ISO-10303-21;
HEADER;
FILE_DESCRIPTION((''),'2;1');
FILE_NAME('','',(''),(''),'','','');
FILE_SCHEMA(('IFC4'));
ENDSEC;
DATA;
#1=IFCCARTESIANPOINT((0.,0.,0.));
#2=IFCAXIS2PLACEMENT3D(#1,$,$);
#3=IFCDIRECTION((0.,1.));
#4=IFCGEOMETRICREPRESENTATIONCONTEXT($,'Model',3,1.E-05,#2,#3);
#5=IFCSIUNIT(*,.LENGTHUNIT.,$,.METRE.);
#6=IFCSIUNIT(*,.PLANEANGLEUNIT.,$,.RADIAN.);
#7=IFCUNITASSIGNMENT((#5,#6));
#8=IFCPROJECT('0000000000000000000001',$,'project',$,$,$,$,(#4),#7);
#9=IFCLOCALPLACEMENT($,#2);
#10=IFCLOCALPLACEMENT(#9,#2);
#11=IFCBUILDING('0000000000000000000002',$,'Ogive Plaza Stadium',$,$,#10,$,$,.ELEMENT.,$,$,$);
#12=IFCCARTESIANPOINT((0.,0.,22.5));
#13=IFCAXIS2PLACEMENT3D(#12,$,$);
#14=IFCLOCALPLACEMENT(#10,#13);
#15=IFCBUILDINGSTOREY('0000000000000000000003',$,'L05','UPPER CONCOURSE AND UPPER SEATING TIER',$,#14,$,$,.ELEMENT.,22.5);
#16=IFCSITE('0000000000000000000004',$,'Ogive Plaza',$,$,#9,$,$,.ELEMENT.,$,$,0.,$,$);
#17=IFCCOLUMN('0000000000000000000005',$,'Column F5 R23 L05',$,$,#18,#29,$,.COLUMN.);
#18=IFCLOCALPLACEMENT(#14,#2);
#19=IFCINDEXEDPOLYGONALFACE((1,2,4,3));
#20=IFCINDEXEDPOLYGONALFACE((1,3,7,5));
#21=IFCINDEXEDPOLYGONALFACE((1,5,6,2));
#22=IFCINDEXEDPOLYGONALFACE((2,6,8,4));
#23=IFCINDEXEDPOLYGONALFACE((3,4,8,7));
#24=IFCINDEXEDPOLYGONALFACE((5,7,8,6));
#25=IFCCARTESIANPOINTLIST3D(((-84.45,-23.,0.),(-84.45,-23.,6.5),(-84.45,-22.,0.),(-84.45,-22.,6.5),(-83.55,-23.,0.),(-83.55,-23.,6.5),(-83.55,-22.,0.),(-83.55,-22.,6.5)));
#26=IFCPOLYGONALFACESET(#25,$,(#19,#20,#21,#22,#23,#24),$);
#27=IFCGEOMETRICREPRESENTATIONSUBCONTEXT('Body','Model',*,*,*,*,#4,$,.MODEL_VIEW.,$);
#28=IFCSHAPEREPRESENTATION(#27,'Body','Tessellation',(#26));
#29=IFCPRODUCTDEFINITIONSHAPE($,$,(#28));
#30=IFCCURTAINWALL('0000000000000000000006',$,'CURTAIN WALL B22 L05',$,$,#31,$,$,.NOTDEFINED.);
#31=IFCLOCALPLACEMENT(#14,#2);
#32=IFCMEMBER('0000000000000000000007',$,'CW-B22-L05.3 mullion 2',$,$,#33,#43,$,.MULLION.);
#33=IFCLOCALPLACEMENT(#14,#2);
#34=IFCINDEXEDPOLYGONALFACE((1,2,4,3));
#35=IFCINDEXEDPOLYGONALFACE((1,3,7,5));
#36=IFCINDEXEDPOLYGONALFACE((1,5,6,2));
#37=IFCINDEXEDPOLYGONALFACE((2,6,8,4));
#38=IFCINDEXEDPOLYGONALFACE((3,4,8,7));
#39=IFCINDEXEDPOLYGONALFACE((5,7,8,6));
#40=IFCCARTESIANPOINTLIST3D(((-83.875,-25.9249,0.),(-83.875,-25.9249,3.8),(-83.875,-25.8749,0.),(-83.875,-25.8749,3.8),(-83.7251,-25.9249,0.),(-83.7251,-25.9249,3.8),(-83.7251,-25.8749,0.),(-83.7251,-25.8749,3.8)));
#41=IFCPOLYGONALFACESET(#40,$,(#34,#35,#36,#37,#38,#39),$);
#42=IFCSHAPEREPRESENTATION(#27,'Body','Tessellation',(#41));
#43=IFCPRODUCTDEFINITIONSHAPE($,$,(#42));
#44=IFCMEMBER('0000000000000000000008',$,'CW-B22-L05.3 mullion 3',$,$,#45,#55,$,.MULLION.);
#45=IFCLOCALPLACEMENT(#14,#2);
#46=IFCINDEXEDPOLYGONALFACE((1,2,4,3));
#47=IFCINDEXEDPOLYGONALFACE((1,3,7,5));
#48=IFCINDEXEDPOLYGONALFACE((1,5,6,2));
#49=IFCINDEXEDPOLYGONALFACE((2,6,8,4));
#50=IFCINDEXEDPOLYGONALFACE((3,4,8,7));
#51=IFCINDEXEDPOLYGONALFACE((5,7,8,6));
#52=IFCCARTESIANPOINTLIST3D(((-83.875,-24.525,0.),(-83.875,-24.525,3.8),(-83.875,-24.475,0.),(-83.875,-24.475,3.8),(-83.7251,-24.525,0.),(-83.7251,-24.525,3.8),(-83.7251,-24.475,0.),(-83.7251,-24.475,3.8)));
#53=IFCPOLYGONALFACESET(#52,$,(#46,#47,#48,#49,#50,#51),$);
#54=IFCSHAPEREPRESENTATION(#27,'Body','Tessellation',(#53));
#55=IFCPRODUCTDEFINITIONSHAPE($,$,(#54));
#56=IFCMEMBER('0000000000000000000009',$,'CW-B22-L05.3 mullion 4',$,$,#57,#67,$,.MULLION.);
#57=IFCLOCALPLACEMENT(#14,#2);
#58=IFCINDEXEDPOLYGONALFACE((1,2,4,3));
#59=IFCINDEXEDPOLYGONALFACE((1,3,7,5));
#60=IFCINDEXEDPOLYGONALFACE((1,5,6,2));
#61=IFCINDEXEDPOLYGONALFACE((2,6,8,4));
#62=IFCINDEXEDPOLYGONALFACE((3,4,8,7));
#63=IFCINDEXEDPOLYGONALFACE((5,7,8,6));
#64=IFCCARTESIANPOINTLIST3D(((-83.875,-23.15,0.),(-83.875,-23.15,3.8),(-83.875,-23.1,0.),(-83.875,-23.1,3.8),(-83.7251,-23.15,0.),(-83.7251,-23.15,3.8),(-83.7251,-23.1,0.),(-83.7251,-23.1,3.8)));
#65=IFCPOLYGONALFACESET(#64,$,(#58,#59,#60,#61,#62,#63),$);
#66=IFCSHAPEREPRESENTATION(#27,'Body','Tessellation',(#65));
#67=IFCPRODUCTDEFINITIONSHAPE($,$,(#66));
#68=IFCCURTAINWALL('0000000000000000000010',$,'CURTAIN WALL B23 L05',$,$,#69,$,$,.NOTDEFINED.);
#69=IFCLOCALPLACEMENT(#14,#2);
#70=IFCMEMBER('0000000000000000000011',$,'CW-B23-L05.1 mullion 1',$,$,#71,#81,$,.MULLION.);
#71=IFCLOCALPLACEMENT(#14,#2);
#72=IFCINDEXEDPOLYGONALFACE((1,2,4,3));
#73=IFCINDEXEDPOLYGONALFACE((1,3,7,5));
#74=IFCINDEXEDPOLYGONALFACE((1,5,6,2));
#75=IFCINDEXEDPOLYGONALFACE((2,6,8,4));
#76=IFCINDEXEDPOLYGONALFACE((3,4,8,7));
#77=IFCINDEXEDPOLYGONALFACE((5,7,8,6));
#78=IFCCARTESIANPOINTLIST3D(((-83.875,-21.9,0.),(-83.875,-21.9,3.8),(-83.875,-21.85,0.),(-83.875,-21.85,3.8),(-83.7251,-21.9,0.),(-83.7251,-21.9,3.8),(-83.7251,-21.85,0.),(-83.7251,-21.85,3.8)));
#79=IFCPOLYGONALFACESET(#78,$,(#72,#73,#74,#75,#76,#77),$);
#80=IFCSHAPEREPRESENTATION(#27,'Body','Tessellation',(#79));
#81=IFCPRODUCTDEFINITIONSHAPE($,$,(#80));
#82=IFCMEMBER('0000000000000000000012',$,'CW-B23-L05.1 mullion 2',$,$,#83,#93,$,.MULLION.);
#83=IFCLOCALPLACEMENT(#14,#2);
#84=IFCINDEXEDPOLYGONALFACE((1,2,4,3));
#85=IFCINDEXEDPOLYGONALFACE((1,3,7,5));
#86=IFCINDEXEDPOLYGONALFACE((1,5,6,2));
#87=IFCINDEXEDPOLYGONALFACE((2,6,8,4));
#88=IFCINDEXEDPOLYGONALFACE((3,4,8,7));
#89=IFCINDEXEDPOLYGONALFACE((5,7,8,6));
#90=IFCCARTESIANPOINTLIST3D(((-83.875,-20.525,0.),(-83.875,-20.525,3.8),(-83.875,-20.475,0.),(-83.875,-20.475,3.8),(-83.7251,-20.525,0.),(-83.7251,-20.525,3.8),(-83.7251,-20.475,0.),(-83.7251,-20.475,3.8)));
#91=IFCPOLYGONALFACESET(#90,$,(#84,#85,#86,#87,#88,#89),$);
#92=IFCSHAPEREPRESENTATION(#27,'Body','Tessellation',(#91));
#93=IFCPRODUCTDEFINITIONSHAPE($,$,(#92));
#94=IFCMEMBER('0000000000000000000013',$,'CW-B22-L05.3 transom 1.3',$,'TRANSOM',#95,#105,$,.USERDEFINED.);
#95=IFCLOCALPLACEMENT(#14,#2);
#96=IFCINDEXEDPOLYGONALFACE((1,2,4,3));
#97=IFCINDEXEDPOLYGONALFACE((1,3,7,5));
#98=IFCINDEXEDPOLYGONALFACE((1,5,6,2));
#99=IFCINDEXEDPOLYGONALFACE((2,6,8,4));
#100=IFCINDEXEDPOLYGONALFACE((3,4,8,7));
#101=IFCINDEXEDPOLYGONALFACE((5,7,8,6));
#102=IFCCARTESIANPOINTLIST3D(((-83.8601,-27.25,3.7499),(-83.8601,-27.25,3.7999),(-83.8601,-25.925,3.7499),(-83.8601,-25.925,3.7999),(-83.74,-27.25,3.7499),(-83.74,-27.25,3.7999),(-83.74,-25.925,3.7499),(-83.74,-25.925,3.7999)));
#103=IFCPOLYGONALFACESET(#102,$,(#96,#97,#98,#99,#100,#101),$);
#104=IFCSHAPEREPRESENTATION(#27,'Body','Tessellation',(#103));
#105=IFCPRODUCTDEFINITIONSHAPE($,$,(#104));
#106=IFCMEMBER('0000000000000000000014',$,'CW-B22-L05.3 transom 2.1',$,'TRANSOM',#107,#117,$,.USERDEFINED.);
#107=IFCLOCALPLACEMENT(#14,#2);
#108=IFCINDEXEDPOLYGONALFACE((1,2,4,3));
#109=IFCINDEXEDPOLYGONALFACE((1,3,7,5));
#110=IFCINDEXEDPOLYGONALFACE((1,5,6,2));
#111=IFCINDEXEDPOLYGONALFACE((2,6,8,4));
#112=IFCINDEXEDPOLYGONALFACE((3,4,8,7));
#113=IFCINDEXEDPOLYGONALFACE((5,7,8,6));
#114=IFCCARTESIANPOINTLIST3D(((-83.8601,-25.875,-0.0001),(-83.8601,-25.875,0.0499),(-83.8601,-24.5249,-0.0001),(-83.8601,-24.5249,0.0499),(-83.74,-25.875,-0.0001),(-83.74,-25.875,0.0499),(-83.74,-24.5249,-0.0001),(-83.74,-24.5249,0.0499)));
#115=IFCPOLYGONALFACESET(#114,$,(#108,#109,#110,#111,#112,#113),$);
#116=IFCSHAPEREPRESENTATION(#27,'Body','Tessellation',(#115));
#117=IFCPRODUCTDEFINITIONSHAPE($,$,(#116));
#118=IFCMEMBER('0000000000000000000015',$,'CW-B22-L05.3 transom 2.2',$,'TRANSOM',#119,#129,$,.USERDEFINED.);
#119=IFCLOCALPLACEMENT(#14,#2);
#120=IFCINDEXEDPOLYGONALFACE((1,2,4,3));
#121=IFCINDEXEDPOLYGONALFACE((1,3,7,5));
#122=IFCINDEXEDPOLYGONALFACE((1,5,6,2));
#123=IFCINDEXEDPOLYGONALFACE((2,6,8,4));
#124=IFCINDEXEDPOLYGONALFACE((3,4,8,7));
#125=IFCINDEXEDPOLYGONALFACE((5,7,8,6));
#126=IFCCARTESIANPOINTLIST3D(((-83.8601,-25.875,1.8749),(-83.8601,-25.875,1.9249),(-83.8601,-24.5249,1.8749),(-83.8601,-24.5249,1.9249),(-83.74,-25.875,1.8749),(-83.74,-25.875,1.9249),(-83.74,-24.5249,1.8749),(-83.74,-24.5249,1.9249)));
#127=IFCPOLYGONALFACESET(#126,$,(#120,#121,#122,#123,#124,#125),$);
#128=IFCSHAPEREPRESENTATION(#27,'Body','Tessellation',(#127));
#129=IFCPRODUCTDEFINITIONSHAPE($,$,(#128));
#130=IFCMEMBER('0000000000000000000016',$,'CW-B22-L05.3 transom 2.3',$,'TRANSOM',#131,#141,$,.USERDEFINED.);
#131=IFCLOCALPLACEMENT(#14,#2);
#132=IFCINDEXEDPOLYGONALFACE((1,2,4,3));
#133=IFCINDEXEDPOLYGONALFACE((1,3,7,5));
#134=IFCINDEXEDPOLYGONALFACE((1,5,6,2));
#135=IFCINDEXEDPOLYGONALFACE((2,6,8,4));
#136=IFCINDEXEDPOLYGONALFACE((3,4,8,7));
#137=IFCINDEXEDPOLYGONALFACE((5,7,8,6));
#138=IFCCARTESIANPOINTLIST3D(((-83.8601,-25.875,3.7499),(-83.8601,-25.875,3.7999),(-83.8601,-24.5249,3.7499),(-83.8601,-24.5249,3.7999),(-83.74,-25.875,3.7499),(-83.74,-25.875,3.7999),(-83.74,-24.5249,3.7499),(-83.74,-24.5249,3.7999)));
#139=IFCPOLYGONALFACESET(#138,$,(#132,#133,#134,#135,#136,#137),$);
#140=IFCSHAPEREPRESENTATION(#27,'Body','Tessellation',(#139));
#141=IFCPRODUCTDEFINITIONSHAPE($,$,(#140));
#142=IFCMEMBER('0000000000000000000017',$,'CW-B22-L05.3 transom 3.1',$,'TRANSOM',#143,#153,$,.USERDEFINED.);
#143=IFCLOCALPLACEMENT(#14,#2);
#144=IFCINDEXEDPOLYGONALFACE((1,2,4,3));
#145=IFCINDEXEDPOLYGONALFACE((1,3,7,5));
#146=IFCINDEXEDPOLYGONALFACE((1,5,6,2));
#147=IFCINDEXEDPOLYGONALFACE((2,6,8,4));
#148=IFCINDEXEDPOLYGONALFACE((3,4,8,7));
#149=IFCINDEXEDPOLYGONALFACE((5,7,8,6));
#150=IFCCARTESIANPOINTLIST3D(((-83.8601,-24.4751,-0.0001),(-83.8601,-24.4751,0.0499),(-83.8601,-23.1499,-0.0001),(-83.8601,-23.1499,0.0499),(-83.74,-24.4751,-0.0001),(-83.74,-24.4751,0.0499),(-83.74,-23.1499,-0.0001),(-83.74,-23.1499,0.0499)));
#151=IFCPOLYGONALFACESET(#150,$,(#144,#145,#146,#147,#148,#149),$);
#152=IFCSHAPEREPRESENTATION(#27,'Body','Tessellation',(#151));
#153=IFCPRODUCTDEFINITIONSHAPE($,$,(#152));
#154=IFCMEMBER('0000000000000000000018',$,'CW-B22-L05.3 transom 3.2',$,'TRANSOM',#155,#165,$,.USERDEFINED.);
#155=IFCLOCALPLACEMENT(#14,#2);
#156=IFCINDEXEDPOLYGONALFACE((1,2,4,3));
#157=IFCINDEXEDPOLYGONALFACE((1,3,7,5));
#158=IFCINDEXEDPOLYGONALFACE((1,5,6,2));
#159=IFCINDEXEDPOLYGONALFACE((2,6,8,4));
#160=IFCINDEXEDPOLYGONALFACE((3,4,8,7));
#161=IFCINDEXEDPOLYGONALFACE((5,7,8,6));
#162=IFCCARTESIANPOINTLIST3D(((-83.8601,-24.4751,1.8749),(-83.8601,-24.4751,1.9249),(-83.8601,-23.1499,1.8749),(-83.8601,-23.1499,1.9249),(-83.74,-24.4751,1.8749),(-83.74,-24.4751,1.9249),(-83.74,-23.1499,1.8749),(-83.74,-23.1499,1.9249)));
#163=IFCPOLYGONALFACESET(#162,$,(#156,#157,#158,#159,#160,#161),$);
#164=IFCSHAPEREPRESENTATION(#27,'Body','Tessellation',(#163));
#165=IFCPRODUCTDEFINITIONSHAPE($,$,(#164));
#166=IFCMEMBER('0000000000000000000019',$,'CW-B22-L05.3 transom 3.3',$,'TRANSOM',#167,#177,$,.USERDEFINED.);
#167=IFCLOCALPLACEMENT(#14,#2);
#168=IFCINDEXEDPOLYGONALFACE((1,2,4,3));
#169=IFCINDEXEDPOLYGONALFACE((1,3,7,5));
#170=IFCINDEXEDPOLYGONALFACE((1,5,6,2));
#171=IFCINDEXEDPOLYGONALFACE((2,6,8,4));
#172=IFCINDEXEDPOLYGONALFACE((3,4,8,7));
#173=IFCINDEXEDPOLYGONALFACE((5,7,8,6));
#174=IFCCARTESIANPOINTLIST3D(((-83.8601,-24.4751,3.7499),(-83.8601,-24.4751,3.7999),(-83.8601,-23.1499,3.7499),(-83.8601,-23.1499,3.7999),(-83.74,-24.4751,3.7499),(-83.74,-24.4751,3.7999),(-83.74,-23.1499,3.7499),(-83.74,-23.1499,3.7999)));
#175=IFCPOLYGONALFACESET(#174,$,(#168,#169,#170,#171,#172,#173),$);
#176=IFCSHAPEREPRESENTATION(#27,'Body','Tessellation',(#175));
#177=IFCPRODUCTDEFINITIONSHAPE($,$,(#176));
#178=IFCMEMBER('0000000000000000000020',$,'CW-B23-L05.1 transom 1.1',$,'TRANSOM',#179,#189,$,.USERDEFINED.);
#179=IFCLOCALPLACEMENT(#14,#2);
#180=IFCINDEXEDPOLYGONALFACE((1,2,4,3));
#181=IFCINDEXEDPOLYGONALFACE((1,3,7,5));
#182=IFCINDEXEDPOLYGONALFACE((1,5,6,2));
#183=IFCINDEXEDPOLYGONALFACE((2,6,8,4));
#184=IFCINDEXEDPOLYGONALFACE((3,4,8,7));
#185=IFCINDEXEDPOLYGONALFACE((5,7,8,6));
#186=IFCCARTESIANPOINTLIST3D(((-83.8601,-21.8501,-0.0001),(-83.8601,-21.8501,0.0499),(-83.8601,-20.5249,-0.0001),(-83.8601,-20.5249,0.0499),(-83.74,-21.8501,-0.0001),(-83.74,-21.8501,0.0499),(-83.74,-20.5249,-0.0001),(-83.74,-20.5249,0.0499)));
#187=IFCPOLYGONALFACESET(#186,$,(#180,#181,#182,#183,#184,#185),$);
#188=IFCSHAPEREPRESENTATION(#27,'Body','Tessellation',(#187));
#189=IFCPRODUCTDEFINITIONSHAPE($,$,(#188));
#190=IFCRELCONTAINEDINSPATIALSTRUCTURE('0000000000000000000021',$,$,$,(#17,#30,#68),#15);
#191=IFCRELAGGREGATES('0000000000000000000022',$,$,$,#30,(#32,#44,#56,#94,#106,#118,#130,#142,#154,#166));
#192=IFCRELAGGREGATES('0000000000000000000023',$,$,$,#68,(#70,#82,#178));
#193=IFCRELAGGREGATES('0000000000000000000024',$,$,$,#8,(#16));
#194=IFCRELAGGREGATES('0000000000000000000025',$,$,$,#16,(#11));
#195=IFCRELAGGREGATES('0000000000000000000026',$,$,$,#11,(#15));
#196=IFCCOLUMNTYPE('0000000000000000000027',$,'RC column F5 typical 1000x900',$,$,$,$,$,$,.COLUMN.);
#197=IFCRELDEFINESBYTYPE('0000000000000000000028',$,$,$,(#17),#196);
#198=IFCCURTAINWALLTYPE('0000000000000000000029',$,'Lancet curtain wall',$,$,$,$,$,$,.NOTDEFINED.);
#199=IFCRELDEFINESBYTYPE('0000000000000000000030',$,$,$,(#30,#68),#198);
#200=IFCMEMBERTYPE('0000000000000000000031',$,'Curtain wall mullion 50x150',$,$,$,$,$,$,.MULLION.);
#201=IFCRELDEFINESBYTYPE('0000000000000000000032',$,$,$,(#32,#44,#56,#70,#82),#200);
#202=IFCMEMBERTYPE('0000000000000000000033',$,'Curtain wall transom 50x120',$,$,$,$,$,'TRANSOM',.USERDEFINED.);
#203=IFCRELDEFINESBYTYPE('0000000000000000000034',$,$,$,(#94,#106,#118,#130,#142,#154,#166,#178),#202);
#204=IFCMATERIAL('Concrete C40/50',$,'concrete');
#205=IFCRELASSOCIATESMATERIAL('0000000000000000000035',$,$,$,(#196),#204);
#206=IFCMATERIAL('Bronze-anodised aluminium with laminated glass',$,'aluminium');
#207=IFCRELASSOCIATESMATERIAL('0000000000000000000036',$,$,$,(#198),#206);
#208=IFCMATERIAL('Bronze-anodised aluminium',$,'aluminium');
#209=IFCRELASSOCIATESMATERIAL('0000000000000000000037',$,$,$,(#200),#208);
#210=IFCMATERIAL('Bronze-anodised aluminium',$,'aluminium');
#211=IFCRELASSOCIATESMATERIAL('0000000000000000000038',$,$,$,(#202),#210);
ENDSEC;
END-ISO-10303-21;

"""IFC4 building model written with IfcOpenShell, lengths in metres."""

from ifc_helpers import new_model, si_unit, direction, frame, origin, origin_2d, place, context, subcontext, project, spatial, rectangle, extrude, material, material_profile, profile_set, type_object, element, aggregate, save


model = new_model("IFC4")

# Units and contexts
model_context = context("Model", 3, precision=1e-05, world=origin(), true_north=direction((0.0, 1.0)))
body_context = subcontext(model_context, "Body", "Model", "MODEL_VIEW")
ifc_project = project(units=[si_unit("LENGTHUNIT", "METRE"), si_unit("PLANEANGLEUNIT", "RADIAN")], contexts=[model_context])

# Site, building, storey
site_placement = place(None, origin())
site = spatial("IfcSite", under=ifc_project, at=site_placement, Name="Ogive Plaza", CompositionType="ELEMENT", RefElevation=0.0)
building_placement = place(site_placement, origin())
building = spatial("IfcBuilding", under=site, at=building_placement, Name="Ogive Plaza Stadium", CompositionType="ELEMENT")
storey_placement = place(building_placement, frame((0.0, 0.0, 22.5)))
storey = spatial("IfcBuildingStorey", under=building, at=storey_placement, Name="L05", Description="UPPER CONCOURSE AND UPPER SEATING TIER", CompositionType="ELEMENT", Elevation=22.5)

# Column
ifc_material_1 = material(Name="Concrete C40/50", Category="concrete")
ifc_material_profile_1 = material_profile(ifc_material_1, rectangle(XDim=1.0, YDim=0.8999, at=origin_2d()), Name="RC 1000x900")
ifc_profile_set_1 = profile_set([ifc_material_profile_1], Name="Concrete C40/50")
column_type = type_object("IfcColumnType", Name="RC column F5 typical 1000x900", PredefinedType="COLUMN", material=ifc_profile_set_1)
column_placement = place(storey_placement, frame((-84.0, -22.5, 0.0), z_axis=(0.0, 0.0, 1.0), x_axis=(0.0, -1.0, 0.0)))
element("IfcColumn", 1, at=column_placement, inside=storey, type_object=column_type, Name="Column F5 R23 L05", PredefinedType="COLUMN", context=body_context, shape_type="SweptSolid", body=[
    extrude(rectangle(XDim=1.0, YDim=0.8999, at=origin_2d()), origin(), (0.0, 0.0, 1.0), 6.5),
])

# Curtain walls, members
ifc_material_2 = material(Name="Bronze-anodised aluminium with laminated glass", Category="aluminium")
curtain_wall_type = type_object("IfcCurtainWallType", Name="Lancet curtain wall", PredefinedType="NOTDEFINED", material=ifc_material_2)
curtain_wall_1_placement = place(storey_placement, origin())
curtain_wall_1 = element("IfcCurtainWall", 2, at=curtain_wall_1_placement, inside=storey, type_object=curtain_wall_type, Name="CURTAIN WALL B22 L05", PredefinedType="NOTDEFINED")
ifc_material_3 = material(Name="Bronze-anodised aluminium", Category="aluminium")
ifc_material_profile_2 = material_profile(ifc_material_3, rectangle(XDim=0.1499, YDim=0.05, at=origin_2d()), Name="AL 150x50")
ifc_profile_set_2 = profile_set([ifc_material_profile_2], Name="Bronze-anodised aluminium")
member_type_1 = type_object("IfcMemberType", Name="Curtain wall mullion 50x150", PredefinedType="MULLION", material=ifc_profile_set_2)
member_1_placement = place(storey_placement, frame((-83.8, -25.8999, 0.0), z_axis=(0.0, 0.0, 1.0), x_axis=(-1.0, 0.0, 0.0)))
member_1 = element("IfcMember", 3, at=member_1_placement, type_object=member_type_1, Name="CW-B22-L05.3 mullion 2", PredefinedType="MULLION", context=body_context, shape_type="SweptSolid", body=[
    extrude(rectangle(XDim=0.1499, YDim=0.05, at=origin_2d()), origin(), (0.0, 0.0, 1.0), 3.8),
])
member_2_placement = place(storey_placement, frame((-83.8, -24.5, 0.0), z_axis=(0.0, 0.0, 1.0), x_axis=(-1.0, 0.0, 0.0)))
member_2 = element("IfcMember", 4, at=member_2_placement, type_object=member_type_1, Name="CW-B22-L05.3 mullion 3", PredefinedType="MULLION", context=body_context, shape_type="SweptSolid", body=[
    extrude(rectangle(XDim=0.1499, YDim=0.05, at=origin_2d()), origin(), (0.0, 0.0, 1.0), 3.8),
])
member_3_placement = place(storey_placement, frame((-83.8, -23.125, 0.0), z_axis=(0.0, 0.0, 1.0), x_axis=(-1.0, 0.0, 0.0)))
member_3 = element("IfcMember", 5, at=member_3_placement, type_object=member_type_1, Name="CW-B22-L05.3 mullion 4", PredefinedType="MULLION", context=body_context, shape_type="SweptSolid", body=[
    extrude(rectangle(XDim=0.1499, YDim=0.05, at=origin_2d()), origin(), (0.0, 0.0, 1.0), 3.8),
])
curtain_wall_2_placement = place(storey_placement, origin())
curtain_wall_2 = element("IfcCurtainWall", 6, at=curtain_wall_2_placement, inside=storey, type_object=curtain_wall_type, Name="CURTAIN WALL B23 L05", PredefinedType="NOTDEFINED")
member_4_placement = place(storey_placement, frame((-83.8, -21.875, 0.0), z_axis=(0.0, 0.0, 1.0), x_axis=(-1.0, 0.0, 0.0)))
member_4 = element("IfcMember", 7, at=member_4_placement, type_object=member_type_1, Name="CW-B23-L05.1 mullion 1", PredefinedType="MULLION", context=body_context, shape_type="SweptSolid", body=[
    extrude(rectangle(XDim=0.1499, YDim=0.05, at=origin_2d()), origin(), (0.0, 0.0, 1.0), 3.8),
])
member_5_placement = place(storey_placement, frame((-83.8, -20.5, 0.0), z_axis=(0.0, 0.0, 1.0), x_axis=(-1.0, 0.0, 0.0)))
member_5 = element("IfcMember", 8, at=member_5_placement, type_object=member_type_1, Name="CW-B23-L05.1 mullion 2", PredefinedType="MULLION", context=body_context, shape_type="SweptSolid", body=[
    extrude(rectangle(XDim=0.1499, YDim=0.05, at=origin_2d()), origin(), (0.0, 0.0, 1.0), 3.8),
])

# Members
ifc_material_4 = material(Name="Bronze-anodised aluminium", Category="aluminium")
ifc_material_profile_3 = material_profile(ifc_material_4, rectangle(XDim=0.1201, YDim=0.05, at=origin_2d()), Name="AL 120x50")
ifc_profile_set_3 = profile_set([ifc_material_profile_3], Name="Bronze-anodised aluminium")
member_type_2 = type_object("IfcMemberType", Name="Curtain wall transom 50x120", ElementType="TRANSOM", PredefinedType="USERDEFINED", material=ifc_profile_set_3)
member_6_placement = place(storey_placement, frame((-83.8, -27.25, 3.7749), z_axis=(0.0, 1.0, 0.0), x_axis=(-1.0, 0.0, 0.0)))
member_6 = element("IfcMember", 9, at=member_6_placement, type_object=member_type_2, Name="CW-B22-L05.3 transom 1.3", ObjectType="TRANSOM", PredefinedType="USERDEFINED", context=body_context, shape_type="SweptSolid", body=[
    extrude(rectangle(XDim=0.1201, YDim=0.05, at=origin_2d()), origin(), (0.0, 0.0, 1.0), 1.325),
])
member_7_placement = place(storey_placement, frame((-83.8, -25.875, 0.0249), z_axis=(0.0, 1.0, 0.0), x_axis=(-1.0, 0.0, 0.0)))
member_7 = element("IfcMember", 10, at=member_7_placement, type_object=member_type_2, Name="CW-B22-L05.3 transom 2.1", ObjectType="TRANSOM", PredefinedType="USERDEFINED", context=body_context, shape_type="SweptSolid", body=[
    extrude(rectangle(XDim=0.1201, YDim=0.05, at=origin_2d()), origin(), (0.0, 0.0, 1.0), 1.3501),
])
member_8_placement = place(storey_placement, frame((-83.8, -25.875, 1.8999), z_axis=(0.0, 1.0, 0.0), x_axis=(-1.0, 0.0, 0.0)))
member_8 = element("IfcMember", 11, at=member_8_placement, type_object=member_type_2, Name="CW-B22-L05.3 transom 2.2", ObjectType="TRANSOM", PredefinedType="USERDEFINED", context=body_context, shape_type="SweptSolid", body=[
    extrude(rectangle(XDim=0.1201, YDim=0.05, at=origin_2d()), origin(), (0.0, 0.0, 1.0), 1.3501),
])
member_9_placement = place(storey_placement, frame((-83.8, -25.875, 3.7749), z_axis=(0.0, 1.0, 0.0), x_axis=(-1.0, 0.0, 0.0)))
member_9 = element("IfcMember", 12, at=member_9_placement, type_object=member_type_2, Name="CW-B22-L05.3 transom 2.3", ObjectType="TRANSOM", PredefinedType="USERDEFINED", context=body_context, shape_type="SweptSolid", body=[
    extrude(rectangle(XDim=0.1201, YDim=0.05, at=origin_2d()), origin(), (0.0, 0.0, 1.0), 1.3501),
])
member_10_placement = place(storey_placement, frame((-83.8, -24.4751, 0.0249), z_axis=(0.0, 1.0, 0.0), x_axis=(-1.0, 0.0, 0.0)))
member_10 = element("IfcMember", 13, at=member_10_placement, type_object=member_type_2, Name="CW-B22-L05.3 transom 3.1", ObjectType="TRANSOM", PredefinedType="USERDEFINED", context=body_context, shape_type="SweptSolid", body=[
    extrude(rectangle(XDim=0.1201, YDim=0.05, at=origin_2d()), origin(), (0.0, 0.0, 1.0), 1.3252),
])
member_11_placement = place(storey_placement, frame((-83.8, -24.4751, 1.8999), z_axis=(0.0, 1.0, 0.0), x_axis=(-1.0, 0.0, 0.0)))
member_11 = element("IfcMember", 14, at=member_11_placement, type_object=member_type_2, Name="CW-B22-L05.3 transom 3.2", ObjectType="TRANSOM", PredefinedType="USERDEFINED", context=body_context, shape_type="SweptSolid", body=[
    extrude(rectangle(XDim=0.1201, YDim=0.05, at=origin_2d()), origin(), (0.0, 0.0, 1.0), 1.3252),
])
member_12_placement = place(storey_placement, frame((-83.8, -24.4751, 3.7749), z_axis=(0.0, 1.0, 0.0), x_axis=(-1.0, 0.0, 0.0)))
member_12 = element("IfcMember", 15, at=member_12_placement, type_object=member_type_2, Name="CW-B22-L05.3 transom 3.3", ObjectType="TRANSOM", PredefinedType="USERDEFINED", context=body_context, shape_type="SweptSolid", body=[
    extrude(rectangle(XDim=0.1201, YDim=0.05, at=origin_2d()), origin(), (0.0, 0.0, 1.0), 1.3252),
])
member_13_placement = place(storey_placement, frame((-83.8, -21.8501, 0.0249), z_axis=(0.0, 1.0, 0.0), x_axis=(-1.0, 0.0, 0.0)))
member_13 = element("IfcMember", 16, at=member_13_placement, type_object=member_type_2, Name="CW-B23-L05.1 transom 1.1", ObjectType="TRANSOM", PredefinedType="USERDEFINED", context=body_context, shape_type="SweptSolid", body=[
    extrude(rectangle(XDim=0.1201, YDim=0.05, at=origin_2d()), origin(), (0.0, 0.0, 1.0), 1.3252),
])

aggregate(curtain_wall_1, [member_1, member_2, member_3, member_6, member_7, member_8, member_9, member_10, member_11, member_12])
aggregate(curtain_wall_2, [member_4, member_5, member_13])

save(model, "model.ifc")
